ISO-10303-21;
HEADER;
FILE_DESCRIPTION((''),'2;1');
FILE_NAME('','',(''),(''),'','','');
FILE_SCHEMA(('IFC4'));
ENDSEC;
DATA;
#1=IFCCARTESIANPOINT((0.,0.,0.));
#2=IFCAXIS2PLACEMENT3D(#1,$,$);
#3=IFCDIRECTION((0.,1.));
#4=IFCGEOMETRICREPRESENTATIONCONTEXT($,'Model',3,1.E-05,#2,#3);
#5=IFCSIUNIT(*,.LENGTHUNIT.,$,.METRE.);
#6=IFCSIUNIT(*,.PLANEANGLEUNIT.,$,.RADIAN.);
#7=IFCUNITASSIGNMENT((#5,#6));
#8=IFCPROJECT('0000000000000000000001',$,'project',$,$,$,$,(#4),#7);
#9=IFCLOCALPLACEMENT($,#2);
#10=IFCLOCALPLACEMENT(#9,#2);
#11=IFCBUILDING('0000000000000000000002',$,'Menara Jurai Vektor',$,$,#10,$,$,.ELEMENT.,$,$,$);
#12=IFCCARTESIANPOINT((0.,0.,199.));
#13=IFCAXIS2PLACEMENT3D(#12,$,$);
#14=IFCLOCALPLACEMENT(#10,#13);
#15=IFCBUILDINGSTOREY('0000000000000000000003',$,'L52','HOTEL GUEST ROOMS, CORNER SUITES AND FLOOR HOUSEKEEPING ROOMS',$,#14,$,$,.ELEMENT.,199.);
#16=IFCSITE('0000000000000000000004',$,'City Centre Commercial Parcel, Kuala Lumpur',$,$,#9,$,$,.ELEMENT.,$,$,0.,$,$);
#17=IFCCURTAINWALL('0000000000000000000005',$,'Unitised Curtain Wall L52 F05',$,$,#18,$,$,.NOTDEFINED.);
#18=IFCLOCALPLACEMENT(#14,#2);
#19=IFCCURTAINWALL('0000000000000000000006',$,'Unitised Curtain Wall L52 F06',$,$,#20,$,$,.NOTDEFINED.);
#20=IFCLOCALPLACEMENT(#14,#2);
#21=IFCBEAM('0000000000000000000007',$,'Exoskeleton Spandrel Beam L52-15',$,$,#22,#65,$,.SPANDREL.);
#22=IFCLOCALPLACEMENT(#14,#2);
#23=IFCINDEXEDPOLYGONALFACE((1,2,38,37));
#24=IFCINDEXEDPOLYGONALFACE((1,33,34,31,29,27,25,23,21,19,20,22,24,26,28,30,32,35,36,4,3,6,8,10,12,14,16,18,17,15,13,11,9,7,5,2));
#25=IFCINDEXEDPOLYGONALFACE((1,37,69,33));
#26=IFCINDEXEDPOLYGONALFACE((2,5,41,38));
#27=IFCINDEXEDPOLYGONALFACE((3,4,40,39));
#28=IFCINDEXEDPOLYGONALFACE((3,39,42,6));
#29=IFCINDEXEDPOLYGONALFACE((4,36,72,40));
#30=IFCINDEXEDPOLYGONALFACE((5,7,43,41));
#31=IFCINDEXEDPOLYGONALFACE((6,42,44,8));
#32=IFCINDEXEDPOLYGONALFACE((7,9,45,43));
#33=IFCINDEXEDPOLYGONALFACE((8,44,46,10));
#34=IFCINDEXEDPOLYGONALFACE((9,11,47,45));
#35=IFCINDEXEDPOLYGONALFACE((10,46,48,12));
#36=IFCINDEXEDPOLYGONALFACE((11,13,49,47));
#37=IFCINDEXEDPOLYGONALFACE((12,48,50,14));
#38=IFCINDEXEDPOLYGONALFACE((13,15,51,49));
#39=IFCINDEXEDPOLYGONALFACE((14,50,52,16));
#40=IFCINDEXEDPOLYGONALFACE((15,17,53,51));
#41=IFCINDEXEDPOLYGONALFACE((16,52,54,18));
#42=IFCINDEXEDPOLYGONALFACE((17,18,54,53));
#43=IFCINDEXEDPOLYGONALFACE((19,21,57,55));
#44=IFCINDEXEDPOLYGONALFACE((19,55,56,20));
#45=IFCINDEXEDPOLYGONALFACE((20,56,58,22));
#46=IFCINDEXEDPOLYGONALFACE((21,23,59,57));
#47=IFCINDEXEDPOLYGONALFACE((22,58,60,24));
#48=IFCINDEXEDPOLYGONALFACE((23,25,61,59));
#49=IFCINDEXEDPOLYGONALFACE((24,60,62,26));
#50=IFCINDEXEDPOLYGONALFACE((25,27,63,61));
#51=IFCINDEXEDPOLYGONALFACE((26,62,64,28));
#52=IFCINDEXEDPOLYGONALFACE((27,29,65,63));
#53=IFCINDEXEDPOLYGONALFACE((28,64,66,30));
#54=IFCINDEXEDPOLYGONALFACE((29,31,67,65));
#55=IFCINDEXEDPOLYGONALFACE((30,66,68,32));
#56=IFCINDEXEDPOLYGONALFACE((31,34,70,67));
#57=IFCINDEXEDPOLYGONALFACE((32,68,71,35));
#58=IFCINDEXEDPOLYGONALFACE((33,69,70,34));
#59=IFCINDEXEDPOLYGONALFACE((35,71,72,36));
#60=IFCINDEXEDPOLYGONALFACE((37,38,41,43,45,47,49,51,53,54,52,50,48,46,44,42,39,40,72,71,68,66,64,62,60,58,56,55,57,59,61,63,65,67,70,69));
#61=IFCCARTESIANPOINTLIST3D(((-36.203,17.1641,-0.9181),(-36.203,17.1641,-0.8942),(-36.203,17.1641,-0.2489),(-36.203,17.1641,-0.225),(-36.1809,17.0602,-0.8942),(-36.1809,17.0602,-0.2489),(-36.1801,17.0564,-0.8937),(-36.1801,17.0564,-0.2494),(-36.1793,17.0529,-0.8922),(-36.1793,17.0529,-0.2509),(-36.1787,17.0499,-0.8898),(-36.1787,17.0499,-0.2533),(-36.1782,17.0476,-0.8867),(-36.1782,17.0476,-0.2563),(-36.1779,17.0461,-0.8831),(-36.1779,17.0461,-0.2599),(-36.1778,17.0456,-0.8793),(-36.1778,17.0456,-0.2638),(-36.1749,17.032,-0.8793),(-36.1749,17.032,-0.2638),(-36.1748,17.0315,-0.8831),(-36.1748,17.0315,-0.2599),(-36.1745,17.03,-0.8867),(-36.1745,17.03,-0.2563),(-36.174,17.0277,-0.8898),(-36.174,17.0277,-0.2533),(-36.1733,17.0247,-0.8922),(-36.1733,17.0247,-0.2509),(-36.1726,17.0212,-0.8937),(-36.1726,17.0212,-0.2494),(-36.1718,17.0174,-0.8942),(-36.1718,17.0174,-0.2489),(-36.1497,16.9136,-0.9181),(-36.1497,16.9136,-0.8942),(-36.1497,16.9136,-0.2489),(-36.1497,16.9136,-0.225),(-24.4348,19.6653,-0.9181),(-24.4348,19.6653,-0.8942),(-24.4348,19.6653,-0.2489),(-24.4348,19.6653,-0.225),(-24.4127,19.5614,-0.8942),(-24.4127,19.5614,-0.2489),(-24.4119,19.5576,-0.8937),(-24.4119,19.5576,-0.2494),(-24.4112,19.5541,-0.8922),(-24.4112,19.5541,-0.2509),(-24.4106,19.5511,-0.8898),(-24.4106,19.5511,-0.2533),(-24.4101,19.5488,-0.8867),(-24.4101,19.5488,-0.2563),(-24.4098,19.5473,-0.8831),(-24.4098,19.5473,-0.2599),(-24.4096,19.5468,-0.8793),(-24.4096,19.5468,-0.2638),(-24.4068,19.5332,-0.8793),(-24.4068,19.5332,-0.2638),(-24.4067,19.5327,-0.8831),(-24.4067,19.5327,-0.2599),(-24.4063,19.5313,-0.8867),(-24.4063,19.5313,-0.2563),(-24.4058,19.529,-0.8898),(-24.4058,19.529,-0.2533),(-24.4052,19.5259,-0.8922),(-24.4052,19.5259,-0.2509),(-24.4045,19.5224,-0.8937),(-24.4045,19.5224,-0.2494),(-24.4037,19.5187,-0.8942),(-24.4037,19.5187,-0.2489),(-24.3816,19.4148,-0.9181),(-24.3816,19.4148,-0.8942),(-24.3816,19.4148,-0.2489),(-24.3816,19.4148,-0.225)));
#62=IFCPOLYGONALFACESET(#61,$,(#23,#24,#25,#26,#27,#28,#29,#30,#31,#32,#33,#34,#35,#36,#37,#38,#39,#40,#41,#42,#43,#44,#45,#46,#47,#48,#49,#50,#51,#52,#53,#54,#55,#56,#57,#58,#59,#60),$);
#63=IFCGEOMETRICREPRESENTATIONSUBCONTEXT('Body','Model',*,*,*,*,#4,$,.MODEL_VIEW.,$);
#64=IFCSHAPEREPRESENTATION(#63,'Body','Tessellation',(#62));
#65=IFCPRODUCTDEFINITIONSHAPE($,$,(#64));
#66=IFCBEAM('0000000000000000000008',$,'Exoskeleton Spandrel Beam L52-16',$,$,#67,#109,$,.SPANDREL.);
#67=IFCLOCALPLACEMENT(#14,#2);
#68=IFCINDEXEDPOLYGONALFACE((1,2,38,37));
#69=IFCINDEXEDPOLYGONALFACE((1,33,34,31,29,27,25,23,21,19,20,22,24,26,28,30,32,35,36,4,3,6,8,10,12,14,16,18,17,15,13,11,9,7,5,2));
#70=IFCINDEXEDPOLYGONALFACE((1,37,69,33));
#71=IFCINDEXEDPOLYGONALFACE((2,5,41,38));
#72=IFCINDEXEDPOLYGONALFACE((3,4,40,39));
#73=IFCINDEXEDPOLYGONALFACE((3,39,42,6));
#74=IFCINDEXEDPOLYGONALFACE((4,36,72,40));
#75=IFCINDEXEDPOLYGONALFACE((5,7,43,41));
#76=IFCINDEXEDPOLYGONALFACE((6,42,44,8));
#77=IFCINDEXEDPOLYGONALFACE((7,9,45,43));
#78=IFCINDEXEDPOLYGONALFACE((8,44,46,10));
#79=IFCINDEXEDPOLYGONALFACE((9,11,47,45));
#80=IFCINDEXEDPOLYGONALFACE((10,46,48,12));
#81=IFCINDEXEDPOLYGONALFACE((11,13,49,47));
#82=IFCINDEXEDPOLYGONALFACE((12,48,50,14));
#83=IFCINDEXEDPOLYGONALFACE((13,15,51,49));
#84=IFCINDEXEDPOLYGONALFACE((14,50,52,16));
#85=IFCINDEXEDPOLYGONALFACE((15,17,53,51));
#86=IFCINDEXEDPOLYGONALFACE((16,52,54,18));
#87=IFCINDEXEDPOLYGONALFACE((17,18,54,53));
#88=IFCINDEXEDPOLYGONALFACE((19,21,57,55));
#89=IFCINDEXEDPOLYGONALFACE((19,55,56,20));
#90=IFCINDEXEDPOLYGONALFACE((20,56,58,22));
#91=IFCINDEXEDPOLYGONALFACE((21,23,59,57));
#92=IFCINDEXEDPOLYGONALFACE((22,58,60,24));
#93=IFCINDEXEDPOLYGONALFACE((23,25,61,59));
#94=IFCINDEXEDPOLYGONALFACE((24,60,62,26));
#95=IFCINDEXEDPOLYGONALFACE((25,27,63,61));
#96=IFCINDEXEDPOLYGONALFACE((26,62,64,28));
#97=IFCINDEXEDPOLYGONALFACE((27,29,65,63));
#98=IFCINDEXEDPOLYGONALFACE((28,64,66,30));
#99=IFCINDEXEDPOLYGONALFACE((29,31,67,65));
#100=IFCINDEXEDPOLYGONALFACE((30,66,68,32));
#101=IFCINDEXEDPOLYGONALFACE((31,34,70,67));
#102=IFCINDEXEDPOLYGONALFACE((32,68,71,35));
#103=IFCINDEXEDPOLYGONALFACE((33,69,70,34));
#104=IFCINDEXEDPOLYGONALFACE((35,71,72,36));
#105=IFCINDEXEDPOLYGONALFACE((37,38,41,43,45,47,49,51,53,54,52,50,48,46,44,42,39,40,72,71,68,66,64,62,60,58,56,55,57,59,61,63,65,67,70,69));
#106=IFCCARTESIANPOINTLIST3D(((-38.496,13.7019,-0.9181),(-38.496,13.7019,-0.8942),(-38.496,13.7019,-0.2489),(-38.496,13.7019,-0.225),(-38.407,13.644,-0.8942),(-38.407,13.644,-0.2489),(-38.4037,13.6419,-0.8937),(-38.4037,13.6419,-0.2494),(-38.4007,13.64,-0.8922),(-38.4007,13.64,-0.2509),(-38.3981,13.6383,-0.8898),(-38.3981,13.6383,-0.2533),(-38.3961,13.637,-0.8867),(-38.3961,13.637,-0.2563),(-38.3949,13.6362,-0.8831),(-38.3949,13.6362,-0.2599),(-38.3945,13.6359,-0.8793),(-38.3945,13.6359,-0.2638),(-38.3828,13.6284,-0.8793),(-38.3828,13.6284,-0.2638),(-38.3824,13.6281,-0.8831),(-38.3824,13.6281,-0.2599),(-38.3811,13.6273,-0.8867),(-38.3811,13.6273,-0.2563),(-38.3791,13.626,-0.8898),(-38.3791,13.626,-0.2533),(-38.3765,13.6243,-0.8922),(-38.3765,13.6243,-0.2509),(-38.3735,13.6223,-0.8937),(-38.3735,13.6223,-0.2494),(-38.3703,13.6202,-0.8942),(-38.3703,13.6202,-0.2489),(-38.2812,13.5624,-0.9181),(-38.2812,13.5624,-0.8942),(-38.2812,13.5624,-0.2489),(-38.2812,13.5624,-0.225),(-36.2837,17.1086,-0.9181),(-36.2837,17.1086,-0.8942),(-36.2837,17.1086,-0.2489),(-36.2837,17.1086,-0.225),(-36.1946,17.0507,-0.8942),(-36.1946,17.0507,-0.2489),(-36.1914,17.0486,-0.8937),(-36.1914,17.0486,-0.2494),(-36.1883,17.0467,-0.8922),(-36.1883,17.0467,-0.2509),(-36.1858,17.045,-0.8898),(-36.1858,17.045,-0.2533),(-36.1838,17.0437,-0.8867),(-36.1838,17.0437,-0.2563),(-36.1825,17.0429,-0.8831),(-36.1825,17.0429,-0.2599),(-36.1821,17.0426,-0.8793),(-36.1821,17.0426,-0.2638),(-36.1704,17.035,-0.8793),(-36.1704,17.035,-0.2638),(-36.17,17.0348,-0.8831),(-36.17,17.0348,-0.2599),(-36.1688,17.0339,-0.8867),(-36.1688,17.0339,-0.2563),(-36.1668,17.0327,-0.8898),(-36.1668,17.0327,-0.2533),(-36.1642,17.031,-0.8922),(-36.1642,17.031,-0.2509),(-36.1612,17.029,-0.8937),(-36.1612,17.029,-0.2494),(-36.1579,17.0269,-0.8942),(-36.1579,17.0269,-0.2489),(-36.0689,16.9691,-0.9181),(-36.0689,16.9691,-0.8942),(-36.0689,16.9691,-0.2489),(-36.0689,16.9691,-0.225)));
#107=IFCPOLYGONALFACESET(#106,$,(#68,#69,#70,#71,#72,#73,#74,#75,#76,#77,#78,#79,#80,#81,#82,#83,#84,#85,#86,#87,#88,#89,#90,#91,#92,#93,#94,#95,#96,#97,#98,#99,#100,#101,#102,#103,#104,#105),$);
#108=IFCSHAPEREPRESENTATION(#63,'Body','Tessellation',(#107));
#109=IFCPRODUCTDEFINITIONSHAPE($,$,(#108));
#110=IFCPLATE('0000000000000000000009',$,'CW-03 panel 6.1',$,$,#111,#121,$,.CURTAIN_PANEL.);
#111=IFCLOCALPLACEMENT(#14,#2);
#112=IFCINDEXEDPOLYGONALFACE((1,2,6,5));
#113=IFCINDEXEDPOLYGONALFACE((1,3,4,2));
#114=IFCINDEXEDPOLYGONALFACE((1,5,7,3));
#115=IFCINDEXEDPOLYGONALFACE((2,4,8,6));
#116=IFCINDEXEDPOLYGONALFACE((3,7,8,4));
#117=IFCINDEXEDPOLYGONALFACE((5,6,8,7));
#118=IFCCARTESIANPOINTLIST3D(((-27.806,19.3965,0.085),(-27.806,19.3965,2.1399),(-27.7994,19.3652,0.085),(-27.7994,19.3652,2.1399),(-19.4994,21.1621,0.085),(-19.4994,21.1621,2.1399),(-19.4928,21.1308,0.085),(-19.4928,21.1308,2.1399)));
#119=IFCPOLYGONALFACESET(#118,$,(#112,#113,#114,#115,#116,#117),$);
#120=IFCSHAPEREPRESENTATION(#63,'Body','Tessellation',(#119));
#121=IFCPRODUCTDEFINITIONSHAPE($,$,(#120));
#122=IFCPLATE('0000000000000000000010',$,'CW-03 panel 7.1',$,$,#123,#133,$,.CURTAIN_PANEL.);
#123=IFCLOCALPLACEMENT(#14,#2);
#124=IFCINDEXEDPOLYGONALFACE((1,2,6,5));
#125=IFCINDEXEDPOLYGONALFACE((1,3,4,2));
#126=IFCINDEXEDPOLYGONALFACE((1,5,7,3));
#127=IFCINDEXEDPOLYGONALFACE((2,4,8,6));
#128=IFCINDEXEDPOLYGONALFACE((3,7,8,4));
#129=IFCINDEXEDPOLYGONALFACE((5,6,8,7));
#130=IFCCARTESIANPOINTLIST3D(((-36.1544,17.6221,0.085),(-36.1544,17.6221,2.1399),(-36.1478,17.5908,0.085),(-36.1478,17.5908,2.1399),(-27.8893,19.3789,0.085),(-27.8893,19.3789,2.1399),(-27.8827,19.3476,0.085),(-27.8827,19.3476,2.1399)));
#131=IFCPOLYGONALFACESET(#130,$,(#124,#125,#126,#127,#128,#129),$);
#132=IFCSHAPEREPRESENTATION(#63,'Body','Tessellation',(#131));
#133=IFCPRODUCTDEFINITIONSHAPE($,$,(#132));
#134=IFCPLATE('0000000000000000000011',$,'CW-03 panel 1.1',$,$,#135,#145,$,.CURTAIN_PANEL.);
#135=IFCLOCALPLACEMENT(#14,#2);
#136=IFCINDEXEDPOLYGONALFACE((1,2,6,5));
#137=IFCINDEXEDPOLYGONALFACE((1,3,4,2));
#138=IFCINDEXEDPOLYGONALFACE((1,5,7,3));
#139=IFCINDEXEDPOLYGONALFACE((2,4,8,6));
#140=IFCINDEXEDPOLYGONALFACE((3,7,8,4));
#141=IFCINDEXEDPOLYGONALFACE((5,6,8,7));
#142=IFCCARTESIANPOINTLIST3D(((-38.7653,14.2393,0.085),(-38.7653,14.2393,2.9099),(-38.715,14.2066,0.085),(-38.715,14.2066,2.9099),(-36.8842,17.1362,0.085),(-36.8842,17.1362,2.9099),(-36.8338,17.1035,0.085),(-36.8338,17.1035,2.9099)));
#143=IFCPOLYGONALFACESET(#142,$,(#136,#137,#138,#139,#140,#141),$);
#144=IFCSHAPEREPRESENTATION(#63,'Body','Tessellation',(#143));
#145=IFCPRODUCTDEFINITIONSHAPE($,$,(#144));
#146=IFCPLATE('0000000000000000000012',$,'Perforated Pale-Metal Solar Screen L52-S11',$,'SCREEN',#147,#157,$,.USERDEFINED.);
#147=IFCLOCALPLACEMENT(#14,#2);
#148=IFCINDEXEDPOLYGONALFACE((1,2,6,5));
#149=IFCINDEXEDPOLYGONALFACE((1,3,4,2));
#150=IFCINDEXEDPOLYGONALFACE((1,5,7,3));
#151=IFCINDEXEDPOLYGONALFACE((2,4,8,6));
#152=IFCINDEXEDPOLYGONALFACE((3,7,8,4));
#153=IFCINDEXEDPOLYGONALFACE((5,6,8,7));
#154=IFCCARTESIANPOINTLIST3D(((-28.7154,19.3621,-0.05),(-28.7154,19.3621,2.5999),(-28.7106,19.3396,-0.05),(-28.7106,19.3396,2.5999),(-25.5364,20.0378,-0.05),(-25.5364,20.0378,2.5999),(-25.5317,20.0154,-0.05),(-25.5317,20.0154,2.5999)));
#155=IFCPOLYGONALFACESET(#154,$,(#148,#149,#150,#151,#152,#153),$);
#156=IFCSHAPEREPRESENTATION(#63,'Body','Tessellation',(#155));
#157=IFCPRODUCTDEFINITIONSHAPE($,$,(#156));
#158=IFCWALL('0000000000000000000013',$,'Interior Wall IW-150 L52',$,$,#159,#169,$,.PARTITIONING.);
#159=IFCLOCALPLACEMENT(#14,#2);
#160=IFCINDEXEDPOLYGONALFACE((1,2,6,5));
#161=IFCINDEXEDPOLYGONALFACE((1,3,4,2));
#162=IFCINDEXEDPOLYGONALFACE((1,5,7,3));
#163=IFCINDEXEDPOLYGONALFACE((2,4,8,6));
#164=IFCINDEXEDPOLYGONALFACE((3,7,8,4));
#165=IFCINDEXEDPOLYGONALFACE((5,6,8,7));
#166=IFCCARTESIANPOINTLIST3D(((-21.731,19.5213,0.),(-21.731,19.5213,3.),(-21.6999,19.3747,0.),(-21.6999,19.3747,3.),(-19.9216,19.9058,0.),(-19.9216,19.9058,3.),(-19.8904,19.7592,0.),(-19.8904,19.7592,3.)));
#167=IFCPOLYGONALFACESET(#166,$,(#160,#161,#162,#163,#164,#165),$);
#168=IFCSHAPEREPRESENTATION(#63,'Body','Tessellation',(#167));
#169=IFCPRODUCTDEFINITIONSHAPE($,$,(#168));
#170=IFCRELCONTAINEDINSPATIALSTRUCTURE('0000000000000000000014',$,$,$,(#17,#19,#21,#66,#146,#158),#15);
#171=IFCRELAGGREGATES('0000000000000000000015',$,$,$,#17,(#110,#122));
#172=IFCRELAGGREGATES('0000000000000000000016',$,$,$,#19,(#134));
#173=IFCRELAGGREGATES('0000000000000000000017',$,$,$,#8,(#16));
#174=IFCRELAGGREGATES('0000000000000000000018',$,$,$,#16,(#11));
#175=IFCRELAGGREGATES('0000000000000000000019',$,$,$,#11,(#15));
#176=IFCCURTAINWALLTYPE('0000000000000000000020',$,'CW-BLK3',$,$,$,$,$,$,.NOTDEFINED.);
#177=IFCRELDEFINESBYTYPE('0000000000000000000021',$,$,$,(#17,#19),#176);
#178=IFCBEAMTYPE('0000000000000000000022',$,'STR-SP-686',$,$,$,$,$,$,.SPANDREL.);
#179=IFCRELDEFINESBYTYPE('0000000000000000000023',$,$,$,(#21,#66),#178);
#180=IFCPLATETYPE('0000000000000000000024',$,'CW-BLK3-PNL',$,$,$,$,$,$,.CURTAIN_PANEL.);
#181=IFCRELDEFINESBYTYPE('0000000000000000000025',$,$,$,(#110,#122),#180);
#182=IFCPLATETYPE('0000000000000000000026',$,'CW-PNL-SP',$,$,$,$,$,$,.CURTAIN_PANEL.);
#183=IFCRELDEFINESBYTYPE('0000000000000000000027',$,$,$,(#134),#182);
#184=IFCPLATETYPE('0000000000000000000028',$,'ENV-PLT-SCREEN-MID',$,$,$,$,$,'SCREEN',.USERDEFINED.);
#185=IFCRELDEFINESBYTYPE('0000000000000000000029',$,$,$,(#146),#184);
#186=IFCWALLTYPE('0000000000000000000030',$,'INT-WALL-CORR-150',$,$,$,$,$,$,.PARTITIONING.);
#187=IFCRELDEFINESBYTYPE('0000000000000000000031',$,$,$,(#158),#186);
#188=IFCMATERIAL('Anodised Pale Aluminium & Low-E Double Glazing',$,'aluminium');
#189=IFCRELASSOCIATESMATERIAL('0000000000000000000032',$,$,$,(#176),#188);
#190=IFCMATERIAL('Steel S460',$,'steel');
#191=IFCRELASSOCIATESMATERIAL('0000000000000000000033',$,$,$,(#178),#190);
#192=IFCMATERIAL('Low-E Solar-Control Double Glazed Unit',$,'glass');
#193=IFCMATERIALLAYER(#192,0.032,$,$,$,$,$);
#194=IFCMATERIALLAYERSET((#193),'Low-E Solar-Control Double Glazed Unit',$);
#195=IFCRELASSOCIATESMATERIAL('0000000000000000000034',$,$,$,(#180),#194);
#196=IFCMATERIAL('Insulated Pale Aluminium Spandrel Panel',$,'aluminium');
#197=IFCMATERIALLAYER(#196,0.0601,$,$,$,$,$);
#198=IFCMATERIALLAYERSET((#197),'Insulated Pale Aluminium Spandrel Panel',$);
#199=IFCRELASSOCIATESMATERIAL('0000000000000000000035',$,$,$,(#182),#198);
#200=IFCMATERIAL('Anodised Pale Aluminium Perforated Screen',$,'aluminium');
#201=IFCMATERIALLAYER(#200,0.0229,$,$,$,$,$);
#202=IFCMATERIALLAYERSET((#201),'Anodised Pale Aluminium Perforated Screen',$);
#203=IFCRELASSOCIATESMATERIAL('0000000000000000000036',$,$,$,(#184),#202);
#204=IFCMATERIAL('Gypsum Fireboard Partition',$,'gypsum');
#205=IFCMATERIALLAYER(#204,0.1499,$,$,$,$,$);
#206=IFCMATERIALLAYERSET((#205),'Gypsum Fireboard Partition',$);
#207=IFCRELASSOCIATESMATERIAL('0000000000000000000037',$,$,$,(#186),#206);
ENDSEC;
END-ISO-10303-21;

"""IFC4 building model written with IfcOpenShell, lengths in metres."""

from ifc_helpers import new_model, si_unit, direction, frame, frame_2d, origin, origin_2d, place, context, subcontext, project, spatial, rectangle, i_section, extrude, material, layer, layer_set, material_profile, profile_set, type_object, element, aggregate, save


model = new_model("IFC4")

# Units and contexts
model_context = context("Model", 3, precision=1e-05, world=origin(), true_north=direction((0.0, 1.0)))
body_context = subcontext(model_context, "Body", "Model", "MODEL_VIEW")
ifc_project = project(units=[si_unit("LENGTHUNIT", "METRE"), si_unit("PLANEANGLEUNIT", "RADIAN")], contexts=[model_context])

# Site, building, storey
site_placement = place(None, origin())
site = spatial("IfcSite", under=ifc_project, at=site_placement, Name="City Centre Commercial Parcel, Kuala Lumpur", CompositionType="ELEMENT", RefElevation=0.0)
building_placement = place(site_placement, origin())
building = spatial("IfcBuilding", under=site, at=building_placement, Name="Menara Jurai Vektor", CompositionType="ELEMENT")
storey_placement = place(building_placement, frame((0.0, 0.0, 199.0)))
storey = spatial("IfcBuildingStorey", under=building, at=storey_placement, Name="L52", Description="HOTEL GUEST ROOMS, CORNER SUITES AND FLOOR HOUSEKEEPING ROOMS", CompositionType="ELEMENT", Elevation=199.0)

# Shared definitions
ifc_material_1 = material(Name="Steel S460", Category="steel")

# Curtain walls
ifc_material_2 = material(Name="Anodised Pale Aluminium & Low-E Double Glazing", Category="aluminium")
curtain_wall_type = type_object("IfcCurtainWallType", Name="CW-BLK3", PredefinedType="NOTDEFINED", material=ifc_material_2)
curtain_wall_1_placement = place(storey_placement, origin())
curtain_wall_1 = element("IfcCurtainWall", 1, at=curtain_wall_1_placement, inside=storey, type_object=curtain_wall_type, Name="Unitised Curtain Wall L52 F05", PredefinedType="NOTDEFINED")
curtain_wall_2_placement = place(storey_placement, origin())
curtain_wall_2 = element("IfcCurtainWall", 2, at=curtain_wall_2_placement, inside=storey, type_object=curtain_wall_type, Name="Unitised Curtain Wall L52 F06", PredefinedType="NOTDEFINED")

# Beams
ifc_material_profile_1 = material_profile(ifc_material_1, i_section(OverallWidth=0.2561, OverallDepth=0.6931, WebThickness=0.0139, FlangeThickness=0.0239, FilletRadius=0.0149, at=origin_2d()), Name="UKB 686x254x170")
ifc_profile_set_1 = profile_set([ifc_material_profile_1], Name="Steel S460")
beam_type_1 = type_object("IfcBeamType", Name="STR-SP-686", PredefinedType="SPANDREL", material=ifc_profile_set_1)
beam_1_placement = place(storey_placement, frame((-24.4082, 19.54, -0.5715), z_axis=(-0.97815, -0.207899, 0.0), x_axis=(0.207899, -0.97815, 0.0)))
element("IfcBeam", 3, at=beam_1_placement, inside=storey, type_object=beam_type_1, Name="Exoskeleton Spandrel Beam L52-15", PredefinedType="SPANDREL", context=body_context, shape_type="SweptSolid", body=[
    extrude(i_section(OverallWidth=0.2561, OverallDepth=0.6931, WebThickness=0.0139, FlangeThickness=0.0239, FilletRadius=0.0149, at=origin_2d()), origin(), (0.0, 0.0, 1.0), 12.031),
])
beam_2_placement = place(storey_placement, frame((-36.1763, 17.0388, -0.5715), z_axis=(-0.544646, -0.838666, 0.0), x_axis=(0.838666, -0.544646, 0.0)))
element("IfcBeam", 4, at=beam_2_placement, inside=storey, type_object=beam_type_1, Name="Exoskeleton Spandrel Beam L52-16", PredefinedType="SPANDREL", context=body_context, shape_type="SweptSolid", body=[
    extrude(i_section(OverallWidth=0.2561, OverallDepth=0.6931, WebThickness=0.0139, FlangeThickness=0.0239, FilletRadius=0.0149, at=origin_2d()), origin(), (0.0, 0.0, 1.0), 4.062),
])

# Plates
ifc_material_3 = material(Name="Low-E Solar-Control Double Glazed Unit", Category="glass")
ifc_layer_1 = layer(ifc_material_3, 0.032)
ifc_layer_set_1 = layer_set([ifc_layer_1], Name="Low-E Solar-Control Double Glazed Unit")
plate_type_1 = type_object("IfcPlateType", Name="CW-BLK3-PNL", PredefinedType="CURTAIN_PANEL", material=ifc_layer_set_1)
plate_1_placement = place(storey_placement, frame((-23.6494, 20.2637, 0.085), z_axis=(0.0, 0.0, 1.0), x_axis=(-0.978148, -0.207911, 0.0)))
plate_1 = element("IfcPlate", 5, at=plate_1_placement, type_object=plate_type_1, Name="CW-03 panel 6.1", PredefinedType="CURTAIN_PANEL", context=body_context, shape_type="SweptSolid", body=[
    extrude(rectangle(XDim=8.4922, YDim=0.032, at=origin_2d()), origin(), (0.0, 0.0, 1.0), 2.0549),
])
plate_2_placement = place(storey_placement, frame((-32.0186, 18.4849, 0.085), z_axis=(0.0, 0.0, 1.0), x_axis=(-0.978148, -0.207911, 0.0)))
plate_2 = element("IfcPlate", 6, at=plate_2_placement, type_object=plate_type_1, Name="CW-03 panel 7.1", PredefinedType="CURTAIN_PANEL", context=body_context, shape_type="SweptSolid", body=[
    extrude(rectangle(XDim=8.4497, YDim=0.032, at=origin_2d()), origin(), (0.0, 0.0, 1.0), 2.0549),
])
aggregate(curtain_wall_1, [plate_1, plate_2])
ifc_material_4 = material(Name="Insulated Pale Aluminium Spandrel Panel", Category="aluminium")
ifc_layer_2 = layer(ifc_material_4, 0.0601)
ifc_layer_set_2 = layer_set([ifc_layer_2], Name="Insulated Pale Aluminium Spandrel Panel")
plate_type_2 = type_object("IfcPlateType", Name="CW-PNL-SP", PredefinedType="CURTAIN_PANEL", material=ifc_layer_set_2)
plate_3_placement = place(storey_placement, frame((-37.7996, 15.6714, 0.085), z_axis=(0.0, 0.0, 1.0), x_axis=(-0.544618, -0.838684, 0.0)))
plate_3 = element("IfcPlate", 7, at=plate_3_placement, type_object=plate_type_2, Name="CW-03 panel 1.1", PredefinedType="CURTAIN_PANEL", context=body_context, shape_type="SweptSolid", body=[
    extrude(rectangle(XDim=3.4541, YDim=0.0601, at=origin_2d()), origin(), (0.0, 0.0, 1.0), 2.825),
])
aggregate(curtain_wall_2, [plate_3])
ifc_material_5 = material(Name="Anodised Pale Aluminium Perforated Screen", Category="aluminium")
ifc_layer_3 = layer(ifc_material_5, 0.0229)
ifc_layer_set_3 = layer_set([ifc_layer_3], Name="Anodised Pale Aluminium Perforated Screen")
plate_type_3 = type_object("IfcPlateType", Name="ENV-PLT-SCREEN-MID", ElementType="SCREEN", PredefinedType="USERDEFINED", material=ifc_layer_set_3)
plate_4_placement = place(storey_placement, frame((-27.1235, 19.6887, -0.05), z_axis=(0.0, 0.0, 1.0), x_axis=(-0.978148, -0.207912, 0.0)))
element("IfcPlate", 8, at=plate_4_placement, inside=storey, type_object=plate_type_3, Name="Perforated Pale-Metal Solar Screen L52-S11", ObjectType="SCREEN", PredefinedType="USERDEFINED", context=body_context, shape_type="SweptSolid", body=[
    extrude(rectangle(XDim=3.25, YDim=0.0229, at=origin_2d()), origin(), (0.0, 0.0, 1.0), 2.6499),
])

# Wall
ifc_material_6 = material(Name="Gypsum Fireboard Partition", Category="gypsum")
ifc_layer_4 = layer(ifc_material_6, 0.1499)
ifc_layer_set_4 = layer_set([ifc_layer_4], Name="Gypsum Fireboard Partition")
wall_type = type_object("IfcWallType", Name="INT-WALL-CORR-150", PredefinedType="PARTITIONING", material=ifc_layer_set_4)
wall_1_placement = place(storey_placement, frame((-21.7153, 19.448, 0.0), z_axis=(0.0, 0.0, 1.0), x_axis=(0.97816, 0.207852, 0.0)))
element("IfcWall", 9, at=wall_1_placement, inside=storey, type_object=wall_type, Name="Interior Wall IW-150 L52", PredefinedType="PARTITIONING", context=body_context, shape_type="SweptSolid", body=[
    extrude(rectangle(XDim=1.8499, YDim=0.1499, at=frame_2d((0.9248, 0.0))), origin(), (0.0, 0.0, 1.0), 3.0),
])

save(model, "model.ifc")
